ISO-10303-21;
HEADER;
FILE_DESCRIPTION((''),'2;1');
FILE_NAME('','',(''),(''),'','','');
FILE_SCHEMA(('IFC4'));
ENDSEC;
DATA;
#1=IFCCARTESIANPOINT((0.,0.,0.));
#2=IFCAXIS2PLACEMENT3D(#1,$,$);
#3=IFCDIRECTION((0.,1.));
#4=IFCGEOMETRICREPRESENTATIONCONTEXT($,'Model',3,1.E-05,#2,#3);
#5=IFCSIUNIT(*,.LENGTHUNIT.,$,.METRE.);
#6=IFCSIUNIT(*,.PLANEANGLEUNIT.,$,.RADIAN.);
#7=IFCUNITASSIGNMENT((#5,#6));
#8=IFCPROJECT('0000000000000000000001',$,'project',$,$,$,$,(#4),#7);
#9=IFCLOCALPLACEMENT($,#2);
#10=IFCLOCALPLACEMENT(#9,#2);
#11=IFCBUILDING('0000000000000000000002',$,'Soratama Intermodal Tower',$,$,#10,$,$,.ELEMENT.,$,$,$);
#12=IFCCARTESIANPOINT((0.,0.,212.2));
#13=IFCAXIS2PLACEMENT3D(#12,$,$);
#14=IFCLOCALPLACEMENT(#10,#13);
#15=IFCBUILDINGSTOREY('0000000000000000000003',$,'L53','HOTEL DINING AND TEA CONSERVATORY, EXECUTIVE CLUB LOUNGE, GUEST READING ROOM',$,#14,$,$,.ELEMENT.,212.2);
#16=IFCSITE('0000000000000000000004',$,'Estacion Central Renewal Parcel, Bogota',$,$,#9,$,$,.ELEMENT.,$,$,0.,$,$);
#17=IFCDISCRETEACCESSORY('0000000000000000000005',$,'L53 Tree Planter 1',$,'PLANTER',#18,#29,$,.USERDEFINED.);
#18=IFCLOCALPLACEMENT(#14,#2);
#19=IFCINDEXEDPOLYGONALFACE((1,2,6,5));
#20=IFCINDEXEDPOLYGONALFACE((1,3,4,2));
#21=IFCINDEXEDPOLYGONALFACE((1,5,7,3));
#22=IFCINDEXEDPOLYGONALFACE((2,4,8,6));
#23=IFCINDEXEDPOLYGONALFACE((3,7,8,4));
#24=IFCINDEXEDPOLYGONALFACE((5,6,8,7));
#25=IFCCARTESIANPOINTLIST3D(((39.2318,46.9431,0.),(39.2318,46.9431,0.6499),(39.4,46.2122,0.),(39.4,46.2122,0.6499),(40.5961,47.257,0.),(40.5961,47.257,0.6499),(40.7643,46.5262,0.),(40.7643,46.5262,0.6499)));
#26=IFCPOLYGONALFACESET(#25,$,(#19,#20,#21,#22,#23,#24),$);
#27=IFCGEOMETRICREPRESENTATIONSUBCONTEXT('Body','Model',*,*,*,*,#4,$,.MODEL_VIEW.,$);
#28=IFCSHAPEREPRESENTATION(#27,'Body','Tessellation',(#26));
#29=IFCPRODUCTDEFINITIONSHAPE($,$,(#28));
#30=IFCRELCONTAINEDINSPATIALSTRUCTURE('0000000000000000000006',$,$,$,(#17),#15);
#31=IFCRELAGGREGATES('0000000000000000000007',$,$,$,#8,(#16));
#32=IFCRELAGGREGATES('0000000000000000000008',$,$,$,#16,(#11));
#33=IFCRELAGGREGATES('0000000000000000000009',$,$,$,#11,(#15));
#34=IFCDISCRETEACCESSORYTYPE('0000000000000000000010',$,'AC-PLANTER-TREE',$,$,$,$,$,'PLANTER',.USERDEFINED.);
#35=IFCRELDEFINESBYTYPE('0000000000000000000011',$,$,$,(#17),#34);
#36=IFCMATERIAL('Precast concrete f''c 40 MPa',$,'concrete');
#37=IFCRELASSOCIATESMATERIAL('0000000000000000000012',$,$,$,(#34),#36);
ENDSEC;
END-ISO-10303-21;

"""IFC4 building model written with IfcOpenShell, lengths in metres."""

from ifc_helpers import new_model, si_unit, direction, frame, origin, origin_2d, place, context, subcontext, project, spatial, rectangle, extrude, material, type_object, element, save


model = new_model("IFC4")

# Units and contexts
model_context = context("Model", 3, precision=1e-05, world=origin(), true_north=direction((0.0, 1.0)))
body_context = subcontext(model_context, "Body", "Model", "MODEL_VIEW")
ifc_project = project(units=[si_unit("LENGTHUNIT", "METRE"), si_unit("PLANEANGLEUNIT", "RADIAN")], contexts=[model_context])

# Site, building, storey
site_placement = place(None, origin())
site = spatial("IfcSite", under=ifc_project, at=site_placement, Name="Estacion Central Renewal Parcel, Bogota", CompositionType="ELEMENT", RefElevation=0.0)
building_placement = place(site_placement, origin())
building = spatial("IfcBuilding", under=site, at=building_placement, Name="Soratama Intermodal Tower", CompositionType="ELEMENT")
storey_placement = place(building_placement, frame((0.0, 0.0, 212.2)))
storey = spatial("IfcBuildingStorey", under=building, at=storey_placement, Name="L53", Description="HOTEL DINING AND TEA CONSERVATORY, EXECUTIVE CLUB LOUNGE, GUEST READING ROOM", CompositionType="ELEMENT", Elevation=212.2)

# Discrete accessory
ifc_material_1 = material(Name="Precast concrete f'c 40 MPa", Category="concrete")
discrete_accessory_type_1 = type_object("IfcDiscreteAccessoryType", Name="AC-PLANTER-TREE", ElementType="PLANTER", PredefinedType="USERDEFINED", material=ifc_material_1)
discrete_accessory_1_placement = place(storey_placement, frame((39.998, 46.7346, 0.0), z_axis=(0.0, 0.0, 1.0), x_axis=(-0.224271, 0.974527, 0.0)))
element("IfcDiscreteAccessory", 1, at=discrete_accessory_1_placement, inside=storey, type_object=discrete_accessory_type_1, Name="L53 Tree Planter 1", ObjectType="PLANTER", PredefinedType="USERDEFINED", context=body_context, shape_type="SweptSolid", body=[
    extrude(rectangle(XDim=0.75, YDim=1.3999, at=origin_2d()), origin(), (0.0, 0.0, 1.0), 0.6499),
])

save(model, "model.ifc")
